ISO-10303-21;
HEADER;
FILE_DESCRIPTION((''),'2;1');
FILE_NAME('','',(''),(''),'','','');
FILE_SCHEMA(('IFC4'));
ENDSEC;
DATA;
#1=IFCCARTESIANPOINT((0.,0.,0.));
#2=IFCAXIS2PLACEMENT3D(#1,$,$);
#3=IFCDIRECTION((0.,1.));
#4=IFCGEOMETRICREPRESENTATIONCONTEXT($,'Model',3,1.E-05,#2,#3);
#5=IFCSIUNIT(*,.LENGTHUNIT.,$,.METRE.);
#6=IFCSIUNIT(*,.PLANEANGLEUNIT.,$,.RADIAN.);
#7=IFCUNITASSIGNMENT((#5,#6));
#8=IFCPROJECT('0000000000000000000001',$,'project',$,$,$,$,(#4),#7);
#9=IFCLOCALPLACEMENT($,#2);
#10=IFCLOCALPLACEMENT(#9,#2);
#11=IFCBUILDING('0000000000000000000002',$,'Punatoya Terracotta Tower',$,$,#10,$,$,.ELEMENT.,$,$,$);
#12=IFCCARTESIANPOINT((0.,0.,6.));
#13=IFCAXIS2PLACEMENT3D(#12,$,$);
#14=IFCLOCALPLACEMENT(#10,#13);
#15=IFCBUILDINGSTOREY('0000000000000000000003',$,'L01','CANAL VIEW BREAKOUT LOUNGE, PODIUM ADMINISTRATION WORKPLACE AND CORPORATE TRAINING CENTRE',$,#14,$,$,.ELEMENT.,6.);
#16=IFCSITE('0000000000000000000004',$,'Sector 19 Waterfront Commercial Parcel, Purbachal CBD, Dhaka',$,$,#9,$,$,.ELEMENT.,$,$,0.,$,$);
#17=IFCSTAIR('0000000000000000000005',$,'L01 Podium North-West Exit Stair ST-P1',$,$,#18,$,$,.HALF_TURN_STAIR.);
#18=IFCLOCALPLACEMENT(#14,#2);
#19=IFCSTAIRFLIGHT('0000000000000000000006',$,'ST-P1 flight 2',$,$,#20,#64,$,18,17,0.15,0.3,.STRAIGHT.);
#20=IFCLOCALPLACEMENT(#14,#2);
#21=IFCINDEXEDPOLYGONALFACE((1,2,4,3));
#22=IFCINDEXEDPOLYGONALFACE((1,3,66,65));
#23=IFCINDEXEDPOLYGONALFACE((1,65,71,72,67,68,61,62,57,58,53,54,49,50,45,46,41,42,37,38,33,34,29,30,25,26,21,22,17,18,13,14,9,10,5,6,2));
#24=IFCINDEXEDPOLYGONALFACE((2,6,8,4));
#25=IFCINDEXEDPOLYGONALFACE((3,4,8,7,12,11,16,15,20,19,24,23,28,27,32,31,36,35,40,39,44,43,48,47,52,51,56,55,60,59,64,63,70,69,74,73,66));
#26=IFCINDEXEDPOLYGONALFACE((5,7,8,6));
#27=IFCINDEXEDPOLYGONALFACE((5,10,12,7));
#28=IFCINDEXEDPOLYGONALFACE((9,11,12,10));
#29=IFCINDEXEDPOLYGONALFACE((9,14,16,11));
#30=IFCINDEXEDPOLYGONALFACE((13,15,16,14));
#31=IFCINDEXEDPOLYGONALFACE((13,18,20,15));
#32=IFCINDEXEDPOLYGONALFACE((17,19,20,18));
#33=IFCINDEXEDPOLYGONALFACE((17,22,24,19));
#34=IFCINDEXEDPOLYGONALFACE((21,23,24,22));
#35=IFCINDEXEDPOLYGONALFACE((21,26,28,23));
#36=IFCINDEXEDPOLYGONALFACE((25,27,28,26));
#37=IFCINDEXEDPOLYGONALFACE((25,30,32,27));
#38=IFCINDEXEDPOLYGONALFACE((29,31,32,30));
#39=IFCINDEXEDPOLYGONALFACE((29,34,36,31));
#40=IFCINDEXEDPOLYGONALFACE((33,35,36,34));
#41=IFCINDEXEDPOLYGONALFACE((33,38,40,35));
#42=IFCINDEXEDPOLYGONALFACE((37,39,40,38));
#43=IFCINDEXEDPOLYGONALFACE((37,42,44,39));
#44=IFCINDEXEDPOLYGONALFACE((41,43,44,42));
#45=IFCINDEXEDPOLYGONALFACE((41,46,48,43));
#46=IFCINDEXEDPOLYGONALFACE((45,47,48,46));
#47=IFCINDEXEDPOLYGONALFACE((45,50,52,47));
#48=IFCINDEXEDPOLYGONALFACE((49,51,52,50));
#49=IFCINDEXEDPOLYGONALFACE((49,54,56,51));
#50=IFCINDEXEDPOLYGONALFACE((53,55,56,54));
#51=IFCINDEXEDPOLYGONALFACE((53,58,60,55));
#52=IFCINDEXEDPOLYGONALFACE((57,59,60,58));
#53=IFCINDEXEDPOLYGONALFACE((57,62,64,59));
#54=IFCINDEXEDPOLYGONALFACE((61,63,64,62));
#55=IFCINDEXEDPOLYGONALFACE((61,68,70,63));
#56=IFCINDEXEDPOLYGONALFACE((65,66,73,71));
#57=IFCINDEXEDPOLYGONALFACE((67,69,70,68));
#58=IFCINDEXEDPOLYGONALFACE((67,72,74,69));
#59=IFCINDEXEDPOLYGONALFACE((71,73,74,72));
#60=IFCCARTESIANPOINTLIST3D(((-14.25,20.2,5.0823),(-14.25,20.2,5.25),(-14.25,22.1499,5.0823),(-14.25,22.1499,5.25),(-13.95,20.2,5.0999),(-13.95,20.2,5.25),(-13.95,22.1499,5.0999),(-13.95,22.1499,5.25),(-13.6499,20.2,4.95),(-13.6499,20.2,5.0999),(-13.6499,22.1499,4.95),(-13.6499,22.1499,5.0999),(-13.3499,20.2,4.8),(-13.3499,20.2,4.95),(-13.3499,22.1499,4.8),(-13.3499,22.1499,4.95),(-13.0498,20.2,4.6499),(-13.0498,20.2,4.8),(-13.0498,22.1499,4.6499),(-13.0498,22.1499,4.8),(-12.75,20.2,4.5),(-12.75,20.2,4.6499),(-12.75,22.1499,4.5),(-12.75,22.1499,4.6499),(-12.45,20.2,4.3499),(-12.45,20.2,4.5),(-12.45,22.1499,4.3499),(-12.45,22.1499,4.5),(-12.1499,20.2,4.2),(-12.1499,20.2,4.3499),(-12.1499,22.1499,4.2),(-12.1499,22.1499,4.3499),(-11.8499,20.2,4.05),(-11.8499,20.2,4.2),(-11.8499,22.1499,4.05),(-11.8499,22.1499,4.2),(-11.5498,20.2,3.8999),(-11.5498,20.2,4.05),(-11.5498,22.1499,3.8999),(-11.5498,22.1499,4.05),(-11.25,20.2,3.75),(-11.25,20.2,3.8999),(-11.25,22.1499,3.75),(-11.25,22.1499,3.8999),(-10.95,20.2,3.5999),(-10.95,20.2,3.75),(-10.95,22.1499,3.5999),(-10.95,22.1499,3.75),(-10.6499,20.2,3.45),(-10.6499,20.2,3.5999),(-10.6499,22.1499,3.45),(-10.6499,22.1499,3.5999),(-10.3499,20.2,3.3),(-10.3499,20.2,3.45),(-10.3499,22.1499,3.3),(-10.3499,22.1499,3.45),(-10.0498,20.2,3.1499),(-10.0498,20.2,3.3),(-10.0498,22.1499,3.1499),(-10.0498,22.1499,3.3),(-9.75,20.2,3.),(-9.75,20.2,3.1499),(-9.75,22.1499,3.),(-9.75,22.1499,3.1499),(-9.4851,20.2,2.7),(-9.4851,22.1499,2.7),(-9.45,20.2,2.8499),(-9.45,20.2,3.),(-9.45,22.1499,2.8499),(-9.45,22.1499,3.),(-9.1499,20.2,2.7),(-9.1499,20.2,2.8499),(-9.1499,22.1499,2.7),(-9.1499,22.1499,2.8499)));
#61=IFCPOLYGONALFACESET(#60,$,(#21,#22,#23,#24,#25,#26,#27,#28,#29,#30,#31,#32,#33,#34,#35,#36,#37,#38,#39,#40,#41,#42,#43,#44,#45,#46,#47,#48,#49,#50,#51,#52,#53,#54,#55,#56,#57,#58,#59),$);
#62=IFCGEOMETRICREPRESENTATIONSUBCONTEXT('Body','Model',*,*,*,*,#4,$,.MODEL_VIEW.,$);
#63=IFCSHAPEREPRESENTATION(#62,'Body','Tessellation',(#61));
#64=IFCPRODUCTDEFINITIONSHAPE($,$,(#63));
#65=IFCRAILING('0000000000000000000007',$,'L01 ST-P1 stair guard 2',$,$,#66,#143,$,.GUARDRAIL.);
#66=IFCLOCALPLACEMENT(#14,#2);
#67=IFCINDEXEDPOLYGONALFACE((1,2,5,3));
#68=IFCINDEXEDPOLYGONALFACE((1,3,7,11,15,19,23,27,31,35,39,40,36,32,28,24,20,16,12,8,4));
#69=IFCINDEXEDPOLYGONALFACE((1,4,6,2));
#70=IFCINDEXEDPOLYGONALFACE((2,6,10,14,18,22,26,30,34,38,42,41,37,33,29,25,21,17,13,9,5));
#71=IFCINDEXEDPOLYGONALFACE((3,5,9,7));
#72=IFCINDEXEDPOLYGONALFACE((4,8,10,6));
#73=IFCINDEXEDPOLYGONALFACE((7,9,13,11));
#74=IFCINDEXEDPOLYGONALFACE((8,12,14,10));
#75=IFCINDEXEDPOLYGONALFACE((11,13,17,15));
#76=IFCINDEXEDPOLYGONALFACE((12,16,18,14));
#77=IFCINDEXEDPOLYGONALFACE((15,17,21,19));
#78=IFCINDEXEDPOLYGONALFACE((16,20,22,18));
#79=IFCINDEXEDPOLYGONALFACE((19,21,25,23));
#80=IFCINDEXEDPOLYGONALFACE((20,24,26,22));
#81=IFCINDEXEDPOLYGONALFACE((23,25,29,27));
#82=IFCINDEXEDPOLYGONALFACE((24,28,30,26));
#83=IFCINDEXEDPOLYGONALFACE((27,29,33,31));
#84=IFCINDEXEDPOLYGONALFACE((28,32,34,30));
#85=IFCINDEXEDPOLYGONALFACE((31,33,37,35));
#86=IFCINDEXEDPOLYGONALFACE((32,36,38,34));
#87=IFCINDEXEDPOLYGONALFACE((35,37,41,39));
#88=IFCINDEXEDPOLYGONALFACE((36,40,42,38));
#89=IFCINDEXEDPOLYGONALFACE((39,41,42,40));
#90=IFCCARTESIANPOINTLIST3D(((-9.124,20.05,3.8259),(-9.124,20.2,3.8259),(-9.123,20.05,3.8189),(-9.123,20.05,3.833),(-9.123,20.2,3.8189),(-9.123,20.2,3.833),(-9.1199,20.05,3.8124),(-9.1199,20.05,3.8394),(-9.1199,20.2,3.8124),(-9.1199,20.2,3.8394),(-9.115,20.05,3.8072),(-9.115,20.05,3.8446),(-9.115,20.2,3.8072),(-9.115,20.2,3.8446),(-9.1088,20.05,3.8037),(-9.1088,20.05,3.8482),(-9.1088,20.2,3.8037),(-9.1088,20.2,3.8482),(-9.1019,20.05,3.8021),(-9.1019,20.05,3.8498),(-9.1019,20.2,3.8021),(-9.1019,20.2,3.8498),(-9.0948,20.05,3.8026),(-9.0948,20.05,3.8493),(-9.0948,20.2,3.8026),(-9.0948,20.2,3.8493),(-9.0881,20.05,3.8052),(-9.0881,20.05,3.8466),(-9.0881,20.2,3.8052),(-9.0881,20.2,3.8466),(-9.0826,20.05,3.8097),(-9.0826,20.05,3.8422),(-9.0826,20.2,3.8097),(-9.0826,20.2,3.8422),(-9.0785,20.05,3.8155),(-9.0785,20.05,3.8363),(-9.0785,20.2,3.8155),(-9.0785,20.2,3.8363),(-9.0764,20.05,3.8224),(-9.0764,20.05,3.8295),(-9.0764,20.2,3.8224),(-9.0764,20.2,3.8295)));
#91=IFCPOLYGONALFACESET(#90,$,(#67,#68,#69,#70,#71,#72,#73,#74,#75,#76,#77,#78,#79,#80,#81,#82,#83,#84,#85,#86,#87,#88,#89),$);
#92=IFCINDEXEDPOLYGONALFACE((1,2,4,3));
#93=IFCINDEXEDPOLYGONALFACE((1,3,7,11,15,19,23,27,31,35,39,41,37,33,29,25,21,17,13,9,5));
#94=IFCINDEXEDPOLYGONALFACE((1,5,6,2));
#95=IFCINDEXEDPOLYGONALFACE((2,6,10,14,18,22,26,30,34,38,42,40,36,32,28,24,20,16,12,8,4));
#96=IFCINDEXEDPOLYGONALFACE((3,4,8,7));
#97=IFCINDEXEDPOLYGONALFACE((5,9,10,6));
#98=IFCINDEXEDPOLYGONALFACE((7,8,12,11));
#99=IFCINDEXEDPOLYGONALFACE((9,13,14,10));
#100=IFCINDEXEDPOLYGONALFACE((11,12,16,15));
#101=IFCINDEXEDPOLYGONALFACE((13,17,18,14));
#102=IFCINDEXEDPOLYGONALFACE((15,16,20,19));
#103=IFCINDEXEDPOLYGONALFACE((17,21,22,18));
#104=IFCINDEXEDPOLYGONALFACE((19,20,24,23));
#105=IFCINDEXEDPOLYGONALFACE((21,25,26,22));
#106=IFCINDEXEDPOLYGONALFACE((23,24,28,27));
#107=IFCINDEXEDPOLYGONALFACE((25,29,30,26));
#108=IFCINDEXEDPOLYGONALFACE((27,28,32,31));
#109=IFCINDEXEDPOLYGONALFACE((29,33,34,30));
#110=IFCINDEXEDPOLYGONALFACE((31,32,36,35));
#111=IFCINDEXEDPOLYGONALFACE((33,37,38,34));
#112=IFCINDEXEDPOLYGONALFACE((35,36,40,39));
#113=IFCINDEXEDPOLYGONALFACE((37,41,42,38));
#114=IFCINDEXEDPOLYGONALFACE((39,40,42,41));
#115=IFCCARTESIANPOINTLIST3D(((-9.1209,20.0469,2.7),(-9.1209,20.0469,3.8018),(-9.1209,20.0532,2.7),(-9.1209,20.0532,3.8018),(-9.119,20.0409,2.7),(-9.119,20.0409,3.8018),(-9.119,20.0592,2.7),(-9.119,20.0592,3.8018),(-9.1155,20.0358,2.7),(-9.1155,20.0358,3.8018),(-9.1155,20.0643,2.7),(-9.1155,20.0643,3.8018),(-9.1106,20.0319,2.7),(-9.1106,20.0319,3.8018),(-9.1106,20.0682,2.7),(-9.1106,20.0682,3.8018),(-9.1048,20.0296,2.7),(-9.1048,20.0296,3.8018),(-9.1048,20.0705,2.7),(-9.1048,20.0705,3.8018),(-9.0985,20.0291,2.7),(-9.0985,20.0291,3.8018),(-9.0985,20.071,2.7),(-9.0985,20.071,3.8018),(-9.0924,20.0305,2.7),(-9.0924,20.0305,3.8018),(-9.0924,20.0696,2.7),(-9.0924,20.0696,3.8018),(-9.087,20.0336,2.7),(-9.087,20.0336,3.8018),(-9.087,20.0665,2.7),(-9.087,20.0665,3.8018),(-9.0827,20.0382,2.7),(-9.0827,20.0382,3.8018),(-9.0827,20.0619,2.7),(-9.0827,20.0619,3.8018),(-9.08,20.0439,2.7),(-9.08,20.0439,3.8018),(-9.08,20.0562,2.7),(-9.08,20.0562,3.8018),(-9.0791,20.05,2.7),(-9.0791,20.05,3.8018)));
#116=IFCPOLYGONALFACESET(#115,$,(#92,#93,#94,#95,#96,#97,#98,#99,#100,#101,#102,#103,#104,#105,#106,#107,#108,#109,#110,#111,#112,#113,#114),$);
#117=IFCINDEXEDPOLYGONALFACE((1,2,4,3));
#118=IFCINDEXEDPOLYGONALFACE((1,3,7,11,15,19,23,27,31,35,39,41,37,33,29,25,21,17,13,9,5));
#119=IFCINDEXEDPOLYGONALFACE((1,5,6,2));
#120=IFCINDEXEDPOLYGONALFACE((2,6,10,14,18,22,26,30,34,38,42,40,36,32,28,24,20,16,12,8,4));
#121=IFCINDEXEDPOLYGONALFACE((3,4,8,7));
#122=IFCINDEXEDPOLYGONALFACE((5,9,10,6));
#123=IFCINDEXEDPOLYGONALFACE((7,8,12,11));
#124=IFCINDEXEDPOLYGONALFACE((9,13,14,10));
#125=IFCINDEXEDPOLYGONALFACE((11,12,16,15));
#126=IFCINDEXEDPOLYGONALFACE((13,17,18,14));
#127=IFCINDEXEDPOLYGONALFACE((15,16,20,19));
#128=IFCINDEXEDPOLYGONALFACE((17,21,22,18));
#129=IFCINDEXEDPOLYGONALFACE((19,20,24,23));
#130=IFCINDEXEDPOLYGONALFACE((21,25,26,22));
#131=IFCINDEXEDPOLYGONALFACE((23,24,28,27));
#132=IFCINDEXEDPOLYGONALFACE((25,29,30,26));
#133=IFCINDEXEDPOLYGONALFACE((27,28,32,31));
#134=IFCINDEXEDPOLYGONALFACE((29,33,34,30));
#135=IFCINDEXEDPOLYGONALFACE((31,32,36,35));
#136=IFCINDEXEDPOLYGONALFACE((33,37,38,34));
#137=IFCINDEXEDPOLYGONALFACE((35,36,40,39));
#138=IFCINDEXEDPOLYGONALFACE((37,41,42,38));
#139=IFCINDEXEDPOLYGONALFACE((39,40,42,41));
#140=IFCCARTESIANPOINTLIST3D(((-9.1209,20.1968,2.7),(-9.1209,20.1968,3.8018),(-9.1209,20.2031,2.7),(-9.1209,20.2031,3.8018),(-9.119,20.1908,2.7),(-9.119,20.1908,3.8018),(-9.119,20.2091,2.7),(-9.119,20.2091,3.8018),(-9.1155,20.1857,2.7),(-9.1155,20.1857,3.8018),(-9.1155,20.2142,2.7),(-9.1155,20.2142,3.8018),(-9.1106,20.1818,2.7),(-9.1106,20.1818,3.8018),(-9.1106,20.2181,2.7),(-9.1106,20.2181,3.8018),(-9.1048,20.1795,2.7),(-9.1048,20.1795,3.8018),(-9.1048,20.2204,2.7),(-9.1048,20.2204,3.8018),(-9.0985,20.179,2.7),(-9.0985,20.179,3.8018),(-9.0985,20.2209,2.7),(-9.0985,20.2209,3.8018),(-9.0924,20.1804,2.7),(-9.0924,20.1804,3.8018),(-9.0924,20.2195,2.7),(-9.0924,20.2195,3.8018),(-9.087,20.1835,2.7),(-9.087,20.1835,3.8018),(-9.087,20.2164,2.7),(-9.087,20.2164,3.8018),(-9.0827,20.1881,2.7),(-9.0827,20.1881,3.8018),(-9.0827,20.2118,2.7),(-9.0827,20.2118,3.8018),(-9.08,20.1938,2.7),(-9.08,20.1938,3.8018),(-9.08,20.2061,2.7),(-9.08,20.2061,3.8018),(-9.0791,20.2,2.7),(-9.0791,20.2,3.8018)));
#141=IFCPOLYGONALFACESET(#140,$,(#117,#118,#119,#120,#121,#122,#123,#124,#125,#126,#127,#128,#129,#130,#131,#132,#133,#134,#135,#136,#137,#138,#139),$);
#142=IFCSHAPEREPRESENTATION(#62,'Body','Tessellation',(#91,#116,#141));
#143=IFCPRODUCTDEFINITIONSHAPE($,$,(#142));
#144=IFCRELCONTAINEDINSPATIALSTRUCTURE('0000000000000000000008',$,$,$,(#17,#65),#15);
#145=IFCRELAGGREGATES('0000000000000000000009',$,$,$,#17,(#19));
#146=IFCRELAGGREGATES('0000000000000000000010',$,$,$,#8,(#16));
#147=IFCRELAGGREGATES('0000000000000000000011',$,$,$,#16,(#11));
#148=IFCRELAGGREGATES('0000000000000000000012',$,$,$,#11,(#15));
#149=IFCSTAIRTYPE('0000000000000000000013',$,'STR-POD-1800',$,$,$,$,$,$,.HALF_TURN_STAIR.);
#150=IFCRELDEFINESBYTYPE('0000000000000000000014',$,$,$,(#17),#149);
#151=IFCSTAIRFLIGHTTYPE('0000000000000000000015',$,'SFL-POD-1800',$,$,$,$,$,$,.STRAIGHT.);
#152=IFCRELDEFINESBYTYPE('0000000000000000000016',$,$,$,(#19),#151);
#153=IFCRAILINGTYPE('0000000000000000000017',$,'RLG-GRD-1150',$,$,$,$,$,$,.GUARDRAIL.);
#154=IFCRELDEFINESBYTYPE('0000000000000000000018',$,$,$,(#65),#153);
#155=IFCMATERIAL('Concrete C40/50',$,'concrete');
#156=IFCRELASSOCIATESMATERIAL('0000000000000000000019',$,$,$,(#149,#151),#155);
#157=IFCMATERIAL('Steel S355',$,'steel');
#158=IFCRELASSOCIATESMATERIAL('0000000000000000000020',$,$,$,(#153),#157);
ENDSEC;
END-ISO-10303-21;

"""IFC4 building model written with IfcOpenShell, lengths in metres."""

from ifc_helpers import new_model, si_unit, direction, frame, origin, origin_2d, place, context, subcontext, project, spatial, polyline, circle, outline, extrude, material, type_object, element, aggregate, save


model = new_model("IFC4")

# Units and contexts
model_context = context("Model", 3, precision=1e-05, world=origin(), true_north=direction((0.0, 1.0)))
body_context = subcontext(model_context, "Body", "Model", "MODEL_VIEW")
ifc_project = project(units=[si_unit("LENGTHUNIT", "METRE"), si_unit("PLANEANGLEUNIT", "RADIAN")], contexts=[model_context])

# Site, building, storey
site_placement = place(None, origin())
site = spatial("IfcSite", under=ifc_project, at=site_placement, Name="Sector 19 Waterfront Commercial Parcel, Purbachal CBD, Dhaka", CompositionType="ELEMENT", RefElevation=0.0)
building_placement = place(site_placement, origin())
building = spatial("IfcBuilding", under=site, at=building_placement, Name="Punatoya Terracotta Tower", CompositionType="ELEMENT")
storey_placement = place(building_placement, frame((0.0, 0.0, 6.0)))
storey = spatial("IfcBuildingStorey", under=building, at=storey_placement, Name="L01", Description="CANAL VIEW BREAKOUT LOUNGE, PODIUM ADMINISTRATION WORKPLACE AND CORPORATE TRAINING CENTRE", CompositionType="ELEMENT", Elevation=6.0)

# Shared definitions
ifc_material_1 = material(Name="Steel S355", Category="steel")

# Shared definitions
ifc_material_2 = material(Name="Concrete C40/50", Category="concrete")

# Stair, stair flight
stair_type = type_object("IfcStairType", Name="STR-POD-1800", PredefinedType="HALF_TURN_STAIR", material=ifc_material_2)
stair_placement = place(storey_placement, origin())
stair = element("IfcStair", 1, at=stair_placement, inside=storey, type_object=stair_type, Name="L01 Podium North-West Exit Stair ST-P1", PredefinedType="HALF_TURN_STAIR")
stair_flight_type = type_object("IfcStairFlightType", Name="SFL-POD-1800", PredefinedType="STRAIGHT", material=ifc_material_2)
stair_flight_placement = place(storey_placement, frame((-9.1499, 21.175, 2.7), z_axis=(0.0, 0.0, 1.0), x_axis=(-1.0, 0.0, 0.0)))
stair_flight = element("IfcStairFlight", 2, at=stair_flight_placement, type_object=stair_flight_type, Name="ST-P1 flight 2", NumberOfRisers=18, NumberOfTreads=17, PredefinedType="STRAIGHT", RiserHeight=0.15, TreadLength=0.3, context=body_context, shape_type="SweptSolid", body=[
    extrude(outline(polyline([(0.0, 0.0), (0.0, 0.1499), (0.3, 0.1499), (0.3, 0.3), (0.6001, 0.3), (0.6001, 0.45), (0.8999, 0.45), (0.8999, 0.6001), (1.2, 0.6001), (1.2, 0.75), (1.5, 0.75), (1.5, 0.8999), (1.8, 0.8999), (1.8, 1.05), (2.1001, 1.05), (2.1001, 1.2), (2.3999, 1.2), (2.3999, 1.3501), (2.7, 1.3501), (2.7, 1.5), (3.0, 1.5), (3.0, 1.6499), (3.3, 1.6499), (3.3, 1.8), (3.6001, 1.8), (3.6001, 1.95), (3.8999, 1.95), (3.8999, 2.1001), (4.2, 2.1001), (4.2, 2.25), (4.5, 2.25), (4.5, 2.3999), (4.8, 2.3999), (4.8, 2.55), (5.1001, 2.55), (5.1001, 2.7), (5.1001, 2.3823), (0.3352, 0.0), (0.0, 0.0)])), frame((0.0, 0.9751, 0.0), z_axis=(0.0, -1.0, 0.0), x_axis=(1.0, 0.0, 0.0)), (0.0, 0.0, 1.0), 1.95),
])
aggregate(stair, [stair_flight])

# Railing
railing_type_1 = type_object("IfcRailingType", Name="RLG-GRD-1150", PredefinedType="GUARDRAIL", material=ifc_material_1)
railing_1_placement = place(storey_placement, frame((-9.1001, 20.05, 2.7)))
element("IfcRailing", 3, at=railing_1_placement, inside=storey, type_object=railing_type_1, Name="L01 ST-P1 stair guard 2", PredefinedType="GUARDRAIL", context=body_context, shape_type="SweptSolid", body=[
    extrude(circle(Radius=0.0239, at=origin_2d()), frame((0.0, 0.0, 1.126), z_axis=(0.0, 1.0, 0.0), x_axis=(-1.0, 0.0, 0.0)), (0.0, 0.0, 1.0), 0.1499),
    extrude(circle(Radius=0.021, at=origin_2d()), origin(), (0.0, 0.0, 1.0), 1.1018),
    extrude(circle(Radius=0.021, at=origin_2d()), frame((0.0, 0.1499, 0.0)), (0.0, 0.0, 1.0), 1.1018),
])

save(model, "model.ifc")
